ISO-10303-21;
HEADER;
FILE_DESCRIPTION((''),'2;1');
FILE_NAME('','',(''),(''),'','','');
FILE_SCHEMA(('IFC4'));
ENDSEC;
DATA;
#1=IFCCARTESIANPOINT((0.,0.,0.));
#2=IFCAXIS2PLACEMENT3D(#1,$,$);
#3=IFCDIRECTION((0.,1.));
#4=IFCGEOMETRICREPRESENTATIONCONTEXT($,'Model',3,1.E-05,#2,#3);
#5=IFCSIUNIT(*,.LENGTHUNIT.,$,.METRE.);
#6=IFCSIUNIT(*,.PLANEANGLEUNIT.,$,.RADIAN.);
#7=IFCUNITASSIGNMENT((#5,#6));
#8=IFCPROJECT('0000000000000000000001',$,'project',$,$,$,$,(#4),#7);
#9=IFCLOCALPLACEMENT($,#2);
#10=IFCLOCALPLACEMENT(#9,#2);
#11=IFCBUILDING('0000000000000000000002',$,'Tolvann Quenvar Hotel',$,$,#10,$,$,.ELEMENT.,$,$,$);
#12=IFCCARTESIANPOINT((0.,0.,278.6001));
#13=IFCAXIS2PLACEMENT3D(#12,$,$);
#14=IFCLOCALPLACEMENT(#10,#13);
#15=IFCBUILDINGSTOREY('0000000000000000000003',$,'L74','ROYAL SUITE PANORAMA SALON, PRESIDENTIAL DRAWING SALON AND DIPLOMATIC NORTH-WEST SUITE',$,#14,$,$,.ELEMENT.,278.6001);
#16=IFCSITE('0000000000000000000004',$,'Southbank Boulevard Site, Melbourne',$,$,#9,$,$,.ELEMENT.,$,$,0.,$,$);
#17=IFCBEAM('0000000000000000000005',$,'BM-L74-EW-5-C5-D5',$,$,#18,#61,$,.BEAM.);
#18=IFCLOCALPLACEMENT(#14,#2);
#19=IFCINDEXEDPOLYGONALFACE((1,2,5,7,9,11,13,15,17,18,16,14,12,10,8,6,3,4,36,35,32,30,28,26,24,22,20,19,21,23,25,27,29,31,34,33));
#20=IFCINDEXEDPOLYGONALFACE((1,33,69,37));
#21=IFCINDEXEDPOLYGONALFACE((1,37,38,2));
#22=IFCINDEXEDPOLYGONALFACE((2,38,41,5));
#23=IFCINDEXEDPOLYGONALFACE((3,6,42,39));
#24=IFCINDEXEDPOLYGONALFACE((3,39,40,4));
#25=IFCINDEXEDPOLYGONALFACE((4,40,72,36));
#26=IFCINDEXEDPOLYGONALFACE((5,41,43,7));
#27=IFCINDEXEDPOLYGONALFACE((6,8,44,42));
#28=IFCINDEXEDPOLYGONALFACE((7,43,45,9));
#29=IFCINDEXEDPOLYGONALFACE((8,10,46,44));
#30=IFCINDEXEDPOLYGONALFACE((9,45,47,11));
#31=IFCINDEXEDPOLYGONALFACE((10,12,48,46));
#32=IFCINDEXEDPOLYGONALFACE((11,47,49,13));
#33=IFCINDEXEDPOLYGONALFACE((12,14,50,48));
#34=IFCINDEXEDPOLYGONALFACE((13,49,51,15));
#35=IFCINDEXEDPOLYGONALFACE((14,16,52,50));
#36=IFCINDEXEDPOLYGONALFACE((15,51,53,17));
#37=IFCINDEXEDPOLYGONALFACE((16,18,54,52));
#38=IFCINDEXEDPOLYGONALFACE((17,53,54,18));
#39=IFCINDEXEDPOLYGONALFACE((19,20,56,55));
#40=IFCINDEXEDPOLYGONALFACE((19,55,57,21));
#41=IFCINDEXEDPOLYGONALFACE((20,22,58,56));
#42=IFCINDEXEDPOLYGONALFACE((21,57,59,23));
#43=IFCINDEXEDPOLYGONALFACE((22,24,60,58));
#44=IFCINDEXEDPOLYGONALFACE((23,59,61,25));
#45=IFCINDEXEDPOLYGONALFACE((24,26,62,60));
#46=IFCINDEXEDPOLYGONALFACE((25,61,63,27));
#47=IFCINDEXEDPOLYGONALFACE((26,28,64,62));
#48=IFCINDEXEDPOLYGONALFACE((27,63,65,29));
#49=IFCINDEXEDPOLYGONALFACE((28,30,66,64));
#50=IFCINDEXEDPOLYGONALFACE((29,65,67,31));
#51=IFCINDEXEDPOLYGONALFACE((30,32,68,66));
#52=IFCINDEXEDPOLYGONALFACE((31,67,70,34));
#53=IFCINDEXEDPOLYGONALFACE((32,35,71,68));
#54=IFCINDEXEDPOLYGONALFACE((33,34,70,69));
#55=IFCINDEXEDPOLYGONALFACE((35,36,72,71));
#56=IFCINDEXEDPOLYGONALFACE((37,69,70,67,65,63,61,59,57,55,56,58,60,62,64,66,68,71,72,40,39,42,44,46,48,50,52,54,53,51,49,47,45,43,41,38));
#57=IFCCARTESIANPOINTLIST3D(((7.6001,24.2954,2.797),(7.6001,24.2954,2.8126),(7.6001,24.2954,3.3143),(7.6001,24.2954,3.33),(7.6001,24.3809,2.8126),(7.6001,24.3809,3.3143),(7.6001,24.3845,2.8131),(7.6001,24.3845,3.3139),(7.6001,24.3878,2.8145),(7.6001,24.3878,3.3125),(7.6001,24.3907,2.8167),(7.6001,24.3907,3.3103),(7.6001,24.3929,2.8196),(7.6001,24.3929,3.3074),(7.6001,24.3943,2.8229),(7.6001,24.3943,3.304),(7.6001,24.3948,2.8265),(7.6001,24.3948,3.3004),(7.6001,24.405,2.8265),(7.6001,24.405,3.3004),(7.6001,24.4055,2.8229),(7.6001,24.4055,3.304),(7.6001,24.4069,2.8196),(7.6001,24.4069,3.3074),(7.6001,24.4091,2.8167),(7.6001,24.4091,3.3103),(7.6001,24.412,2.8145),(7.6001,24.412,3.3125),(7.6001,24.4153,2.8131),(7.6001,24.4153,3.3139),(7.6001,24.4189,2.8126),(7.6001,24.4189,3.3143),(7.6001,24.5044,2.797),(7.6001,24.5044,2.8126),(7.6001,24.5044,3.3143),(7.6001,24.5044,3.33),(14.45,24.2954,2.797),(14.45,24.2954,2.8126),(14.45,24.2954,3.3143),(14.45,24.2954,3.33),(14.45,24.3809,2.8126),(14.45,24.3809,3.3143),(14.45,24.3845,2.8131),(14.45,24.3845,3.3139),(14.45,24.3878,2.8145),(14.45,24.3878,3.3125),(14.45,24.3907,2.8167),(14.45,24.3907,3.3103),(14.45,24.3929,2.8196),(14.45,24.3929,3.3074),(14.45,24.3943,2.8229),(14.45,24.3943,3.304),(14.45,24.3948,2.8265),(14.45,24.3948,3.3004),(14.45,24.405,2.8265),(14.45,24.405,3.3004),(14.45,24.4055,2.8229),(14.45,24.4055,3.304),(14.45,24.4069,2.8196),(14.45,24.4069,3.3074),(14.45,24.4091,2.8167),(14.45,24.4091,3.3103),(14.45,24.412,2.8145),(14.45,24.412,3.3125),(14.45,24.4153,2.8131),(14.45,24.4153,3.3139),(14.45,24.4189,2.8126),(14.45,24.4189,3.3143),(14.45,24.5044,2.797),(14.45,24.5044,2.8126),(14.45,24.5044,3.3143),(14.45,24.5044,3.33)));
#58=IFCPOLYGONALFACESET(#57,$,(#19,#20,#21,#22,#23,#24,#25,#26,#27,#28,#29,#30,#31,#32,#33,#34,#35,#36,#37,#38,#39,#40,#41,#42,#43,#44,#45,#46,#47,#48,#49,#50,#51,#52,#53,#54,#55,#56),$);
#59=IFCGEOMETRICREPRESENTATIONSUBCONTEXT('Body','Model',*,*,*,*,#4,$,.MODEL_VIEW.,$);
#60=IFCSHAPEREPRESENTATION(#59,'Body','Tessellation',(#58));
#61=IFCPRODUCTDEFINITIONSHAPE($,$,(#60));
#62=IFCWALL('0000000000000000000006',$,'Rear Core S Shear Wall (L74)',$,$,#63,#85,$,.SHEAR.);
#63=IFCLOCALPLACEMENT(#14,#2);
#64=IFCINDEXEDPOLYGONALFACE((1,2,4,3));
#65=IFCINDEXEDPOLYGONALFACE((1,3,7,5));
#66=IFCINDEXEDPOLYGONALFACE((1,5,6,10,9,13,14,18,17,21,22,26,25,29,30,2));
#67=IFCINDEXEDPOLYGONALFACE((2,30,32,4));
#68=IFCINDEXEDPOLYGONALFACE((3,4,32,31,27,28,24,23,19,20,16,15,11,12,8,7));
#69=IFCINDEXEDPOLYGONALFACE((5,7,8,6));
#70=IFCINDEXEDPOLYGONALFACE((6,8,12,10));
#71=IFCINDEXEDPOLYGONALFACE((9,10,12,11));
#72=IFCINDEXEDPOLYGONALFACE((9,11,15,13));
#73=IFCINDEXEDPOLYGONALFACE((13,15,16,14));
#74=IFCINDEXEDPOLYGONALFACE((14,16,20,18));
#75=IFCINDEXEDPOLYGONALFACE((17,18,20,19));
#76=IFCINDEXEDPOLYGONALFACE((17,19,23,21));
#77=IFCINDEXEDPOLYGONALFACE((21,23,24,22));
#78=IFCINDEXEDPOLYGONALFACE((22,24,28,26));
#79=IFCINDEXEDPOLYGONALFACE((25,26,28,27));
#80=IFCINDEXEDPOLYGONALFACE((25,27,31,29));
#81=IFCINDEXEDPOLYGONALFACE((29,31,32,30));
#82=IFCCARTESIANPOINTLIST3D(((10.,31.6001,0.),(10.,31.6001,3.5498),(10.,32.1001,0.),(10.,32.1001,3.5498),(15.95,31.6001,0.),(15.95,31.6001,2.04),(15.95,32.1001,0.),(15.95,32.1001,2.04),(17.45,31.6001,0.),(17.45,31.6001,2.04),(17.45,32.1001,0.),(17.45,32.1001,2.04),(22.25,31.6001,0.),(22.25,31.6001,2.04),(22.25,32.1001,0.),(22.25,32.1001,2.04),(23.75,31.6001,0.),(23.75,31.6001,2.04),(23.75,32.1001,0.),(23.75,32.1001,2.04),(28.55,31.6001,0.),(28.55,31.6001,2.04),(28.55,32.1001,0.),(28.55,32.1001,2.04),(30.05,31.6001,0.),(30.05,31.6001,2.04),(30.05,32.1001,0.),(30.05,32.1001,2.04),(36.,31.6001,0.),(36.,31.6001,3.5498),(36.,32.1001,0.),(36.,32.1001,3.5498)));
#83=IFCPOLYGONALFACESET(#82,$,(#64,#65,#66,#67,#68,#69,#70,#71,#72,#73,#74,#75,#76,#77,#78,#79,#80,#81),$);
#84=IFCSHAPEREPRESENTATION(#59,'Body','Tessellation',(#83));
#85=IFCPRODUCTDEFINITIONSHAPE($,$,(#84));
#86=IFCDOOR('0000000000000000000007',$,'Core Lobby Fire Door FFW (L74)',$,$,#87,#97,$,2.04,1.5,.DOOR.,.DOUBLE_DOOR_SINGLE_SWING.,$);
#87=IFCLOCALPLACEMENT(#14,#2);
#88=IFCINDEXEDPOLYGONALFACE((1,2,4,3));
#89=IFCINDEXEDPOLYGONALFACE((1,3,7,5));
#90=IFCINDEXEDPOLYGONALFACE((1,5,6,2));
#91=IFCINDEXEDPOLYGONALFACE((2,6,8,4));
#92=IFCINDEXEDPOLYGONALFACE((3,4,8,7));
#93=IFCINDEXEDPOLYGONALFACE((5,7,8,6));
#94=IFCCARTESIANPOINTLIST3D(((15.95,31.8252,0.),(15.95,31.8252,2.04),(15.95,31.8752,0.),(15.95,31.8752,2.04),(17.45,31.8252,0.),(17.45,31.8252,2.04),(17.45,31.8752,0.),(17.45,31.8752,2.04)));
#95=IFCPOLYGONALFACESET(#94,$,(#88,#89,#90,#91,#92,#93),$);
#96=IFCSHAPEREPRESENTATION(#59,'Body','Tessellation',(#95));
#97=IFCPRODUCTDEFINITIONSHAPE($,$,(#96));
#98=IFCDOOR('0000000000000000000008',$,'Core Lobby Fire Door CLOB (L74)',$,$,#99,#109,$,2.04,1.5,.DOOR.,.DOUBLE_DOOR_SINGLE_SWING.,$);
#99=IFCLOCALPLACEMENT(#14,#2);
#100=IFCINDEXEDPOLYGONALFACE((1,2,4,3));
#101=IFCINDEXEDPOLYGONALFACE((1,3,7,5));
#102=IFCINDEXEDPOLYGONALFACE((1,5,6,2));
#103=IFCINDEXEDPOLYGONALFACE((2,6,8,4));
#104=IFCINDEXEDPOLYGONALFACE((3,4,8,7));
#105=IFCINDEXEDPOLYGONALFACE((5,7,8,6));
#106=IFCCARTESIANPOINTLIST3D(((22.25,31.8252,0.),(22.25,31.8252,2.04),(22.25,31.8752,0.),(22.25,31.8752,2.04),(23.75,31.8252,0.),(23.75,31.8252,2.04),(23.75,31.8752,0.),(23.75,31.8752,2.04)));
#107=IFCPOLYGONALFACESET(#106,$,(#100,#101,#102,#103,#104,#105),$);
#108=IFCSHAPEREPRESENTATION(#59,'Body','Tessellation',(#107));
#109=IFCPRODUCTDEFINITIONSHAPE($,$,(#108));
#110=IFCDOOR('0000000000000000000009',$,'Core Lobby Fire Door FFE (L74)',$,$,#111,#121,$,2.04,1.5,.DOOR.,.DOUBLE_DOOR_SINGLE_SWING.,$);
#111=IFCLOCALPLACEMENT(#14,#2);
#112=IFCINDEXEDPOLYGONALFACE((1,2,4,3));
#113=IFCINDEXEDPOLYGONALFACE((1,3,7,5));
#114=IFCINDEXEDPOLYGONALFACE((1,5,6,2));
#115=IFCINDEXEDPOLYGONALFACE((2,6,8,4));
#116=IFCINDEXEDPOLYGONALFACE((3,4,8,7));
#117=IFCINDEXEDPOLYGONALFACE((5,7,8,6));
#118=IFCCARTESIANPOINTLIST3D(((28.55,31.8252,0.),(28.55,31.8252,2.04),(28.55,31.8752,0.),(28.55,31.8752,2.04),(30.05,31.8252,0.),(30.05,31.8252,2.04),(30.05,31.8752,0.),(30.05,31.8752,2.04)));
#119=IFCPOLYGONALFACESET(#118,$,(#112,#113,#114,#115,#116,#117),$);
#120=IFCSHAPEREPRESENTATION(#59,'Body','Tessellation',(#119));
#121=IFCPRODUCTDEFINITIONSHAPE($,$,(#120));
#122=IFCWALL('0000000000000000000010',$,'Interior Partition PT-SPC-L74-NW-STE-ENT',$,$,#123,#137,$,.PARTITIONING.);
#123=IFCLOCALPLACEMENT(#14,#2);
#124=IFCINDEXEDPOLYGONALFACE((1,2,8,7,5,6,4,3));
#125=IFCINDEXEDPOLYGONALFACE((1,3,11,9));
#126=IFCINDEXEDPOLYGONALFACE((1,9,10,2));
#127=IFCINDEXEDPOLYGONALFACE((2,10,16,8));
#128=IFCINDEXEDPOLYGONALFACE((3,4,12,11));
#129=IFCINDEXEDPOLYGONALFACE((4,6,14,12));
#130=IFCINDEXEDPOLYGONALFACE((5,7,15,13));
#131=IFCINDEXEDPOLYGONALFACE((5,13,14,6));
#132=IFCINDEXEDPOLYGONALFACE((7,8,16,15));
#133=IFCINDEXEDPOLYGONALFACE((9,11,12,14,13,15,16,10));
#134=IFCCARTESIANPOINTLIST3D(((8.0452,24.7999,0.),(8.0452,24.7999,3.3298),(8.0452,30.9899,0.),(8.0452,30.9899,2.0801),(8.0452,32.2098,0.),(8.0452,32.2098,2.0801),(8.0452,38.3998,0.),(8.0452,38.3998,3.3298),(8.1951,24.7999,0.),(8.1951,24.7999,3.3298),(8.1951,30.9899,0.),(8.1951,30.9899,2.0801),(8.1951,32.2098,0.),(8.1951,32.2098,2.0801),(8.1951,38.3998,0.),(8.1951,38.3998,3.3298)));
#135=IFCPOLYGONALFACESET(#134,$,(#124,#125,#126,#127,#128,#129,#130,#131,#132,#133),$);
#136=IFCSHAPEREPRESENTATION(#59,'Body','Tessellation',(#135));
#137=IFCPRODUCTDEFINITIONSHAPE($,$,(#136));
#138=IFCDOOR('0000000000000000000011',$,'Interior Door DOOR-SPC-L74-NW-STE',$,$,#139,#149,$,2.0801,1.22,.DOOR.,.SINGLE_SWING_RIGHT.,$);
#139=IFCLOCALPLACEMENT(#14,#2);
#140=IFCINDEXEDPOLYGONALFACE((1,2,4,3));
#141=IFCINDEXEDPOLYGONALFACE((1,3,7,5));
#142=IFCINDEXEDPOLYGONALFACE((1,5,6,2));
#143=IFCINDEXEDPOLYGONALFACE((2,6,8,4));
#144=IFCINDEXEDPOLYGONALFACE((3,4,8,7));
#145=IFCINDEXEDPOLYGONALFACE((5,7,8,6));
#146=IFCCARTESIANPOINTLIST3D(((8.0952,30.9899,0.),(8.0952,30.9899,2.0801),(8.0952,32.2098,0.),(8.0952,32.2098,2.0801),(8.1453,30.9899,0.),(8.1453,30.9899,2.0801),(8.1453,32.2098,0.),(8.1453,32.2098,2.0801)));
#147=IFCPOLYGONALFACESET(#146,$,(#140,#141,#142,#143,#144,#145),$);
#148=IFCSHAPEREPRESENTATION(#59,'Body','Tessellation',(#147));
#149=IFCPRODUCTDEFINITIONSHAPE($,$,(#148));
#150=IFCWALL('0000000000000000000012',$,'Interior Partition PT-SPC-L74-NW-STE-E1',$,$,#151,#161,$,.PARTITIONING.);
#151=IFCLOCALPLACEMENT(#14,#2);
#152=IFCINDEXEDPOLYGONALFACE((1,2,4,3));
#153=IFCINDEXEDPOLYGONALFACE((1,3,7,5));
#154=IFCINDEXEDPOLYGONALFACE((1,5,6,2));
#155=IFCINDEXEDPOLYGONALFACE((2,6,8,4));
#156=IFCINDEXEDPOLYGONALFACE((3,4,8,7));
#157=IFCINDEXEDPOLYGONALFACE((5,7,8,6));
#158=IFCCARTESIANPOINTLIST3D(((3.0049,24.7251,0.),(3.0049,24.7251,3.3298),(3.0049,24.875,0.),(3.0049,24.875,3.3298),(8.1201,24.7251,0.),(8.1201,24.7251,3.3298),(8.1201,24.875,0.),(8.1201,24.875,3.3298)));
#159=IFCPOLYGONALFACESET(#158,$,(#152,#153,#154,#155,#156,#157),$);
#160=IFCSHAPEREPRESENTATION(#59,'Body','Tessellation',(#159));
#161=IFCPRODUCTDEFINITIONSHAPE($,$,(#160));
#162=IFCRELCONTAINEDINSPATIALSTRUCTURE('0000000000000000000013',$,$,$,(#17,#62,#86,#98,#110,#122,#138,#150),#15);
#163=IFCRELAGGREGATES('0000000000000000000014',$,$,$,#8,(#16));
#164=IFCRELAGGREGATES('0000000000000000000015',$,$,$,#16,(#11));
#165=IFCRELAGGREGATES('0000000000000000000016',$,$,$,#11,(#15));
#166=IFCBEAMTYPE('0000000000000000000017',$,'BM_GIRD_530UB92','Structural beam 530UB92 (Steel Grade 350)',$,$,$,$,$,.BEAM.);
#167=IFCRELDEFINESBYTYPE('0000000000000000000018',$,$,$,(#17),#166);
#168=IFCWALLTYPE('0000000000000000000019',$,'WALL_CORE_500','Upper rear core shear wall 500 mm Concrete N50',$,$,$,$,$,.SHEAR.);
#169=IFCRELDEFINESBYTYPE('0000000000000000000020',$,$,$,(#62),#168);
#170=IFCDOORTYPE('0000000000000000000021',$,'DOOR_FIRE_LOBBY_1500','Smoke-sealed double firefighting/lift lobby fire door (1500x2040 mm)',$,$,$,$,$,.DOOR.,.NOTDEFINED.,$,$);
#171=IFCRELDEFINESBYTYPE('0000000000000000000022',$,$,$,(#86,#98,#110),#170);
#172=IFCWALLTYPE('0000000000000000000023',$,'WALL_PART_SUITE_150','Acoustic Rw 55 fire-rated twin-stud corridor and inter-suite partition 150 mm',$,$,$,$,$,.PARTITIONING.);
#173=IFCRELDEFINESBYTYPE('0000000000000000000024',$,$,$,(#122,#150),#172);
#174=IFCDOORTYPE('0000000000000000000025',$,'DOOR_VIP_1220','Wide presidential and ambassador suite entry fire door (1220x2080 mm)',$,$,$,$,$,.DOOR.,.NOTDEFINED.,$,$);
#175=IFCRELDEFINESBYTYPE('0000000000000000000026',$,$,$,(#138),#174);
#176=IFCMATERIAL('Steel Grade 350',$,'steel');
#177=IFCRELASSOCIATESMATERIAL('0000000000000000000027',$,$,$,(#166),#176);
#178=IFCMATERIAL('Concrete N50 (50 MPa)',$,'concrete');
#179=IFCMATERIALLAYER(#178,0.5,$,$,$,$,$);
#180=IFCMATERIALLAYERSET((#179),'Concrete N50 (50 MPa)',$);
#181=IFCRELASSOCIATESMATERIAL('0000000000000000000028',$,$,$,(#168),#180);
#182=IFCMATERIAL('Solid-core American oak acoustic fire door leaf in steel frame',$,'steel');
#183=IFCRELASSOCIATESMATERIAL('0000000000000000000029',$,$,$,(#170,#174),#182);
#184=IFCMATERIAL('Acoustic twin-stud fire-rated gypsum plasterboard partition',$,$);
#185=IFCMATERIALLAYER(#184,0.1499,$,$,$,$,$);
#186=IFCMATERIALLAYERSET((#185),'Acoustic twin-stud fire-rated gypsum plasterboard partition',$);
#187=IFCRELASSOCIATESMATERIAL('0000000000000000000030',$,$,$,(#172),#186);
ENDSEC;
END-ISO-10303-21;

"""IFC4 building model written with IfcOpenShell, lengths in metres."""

from ifc_helpers import new_model, si_unit, direction, frame, frame_2d, origin, origin_2d, place, context, subcontext, project, spatial, rectangle, i_section, extrude, source, transform, mapped, material, layer, layer_set, material_profile, profile_set, type_object, type_shapes, element, fill, save


model = new_model("IFC4")

# Units and contexts
model_context = context("Model", 3, precision=1e-05, world=origin(), true_north=direction((0.0, 1.0)))
body_context = subcontext(model_context, "Body", "Model", "MODEL_VIEW")
ifc_project = project(units=[si_unit("LENGTHUNIT", "METRE"), si_unit("PLANEANGLEUNIT", "RADIAN")], contexts=[model_context])

# Site, building, storey
site_placement = place(None, origin())
site = spatial("IfcSite", under=ifc_project, at=site_placement, Name="Southbank Boulevard Site, Melbourne", CompositionType="ELEMENT", RefElevation=0.0)
building_placement = place(site_placement, origin())
building = spatial("IfcBuilding", under=site, at=building_placement, Name="Tolvann Quenvar Hotel", CompositionType="ELEMENT")
storey_placement = place(building_placement, frame((0.0, 0.0, 278.6001)))
storey = spatial("IfcBuildingStorey", under=building, at=storey_placement, Name="L74", Description="ROYAL SUITE PANORAMA SALON, PRESIDENTIAL DRAWING SALON AND DIPLOMATIC NORTH-WEST SUITE", CompositionType="ELEMENT", Elevation=278.6001)

# Shared definitions
ifc_material_1 = material(Name="Steel Grade 350", Category="steel")

# Beam
ifc_material_profile_1 = material_profile(ifc_material_1, i_section(OverallWidth=0.209, OverallDepth=0.533, WebThickness=0.0103, FlangeThickness=0.0156, FilletRadius=0.0139, at=origin_2d()), Name="530UB92")
ifc_profile_set_1 = profile_set([ifc_material_profile_1], Name="Steel Grade 350")
beam_type_1 = type_object("IfcBeamType", Name="BM_GIRD_530UB92", Description="Structural beam 530UB92 (Steel Grade 350)", PredefinedType="BEAM", material=ifc_profile_set_1)
shared_shape_1 = source(origin(), body_context, "Body", "SweptSolid", [
    extrude(i_section(OverallWidth=0.209, OverallDepth=0.533, WebThickness=0.0103, FlangeThickness=0.0156, FilletRadius=0.0139, at=origin_2d()), origin(), (0.0, 0.0, 1.0), 6.8499),
])
beam_1_placement = place(storey_placement, frame((7.6001, 24.3999, 3.0635), z_axis=(1.0, 0.0, 0.0), x_axis=(0.0, 1.0, 0.0)))
element("IfcBeam", 1, at=beam_1_placement, inside=storey, type_object=beam_type_1, Name="BM-L74-EW-5-C5-D5", PredefinedType="BEAM", context=body_context, shape_type="MappedRepresentation", body=[
    mapped(shared_shape_1, transform((0.0, 0.0, 0.0), x_axis=(1.0, 0.0, 0.0), y_axis=(0.0, 1.0, 0.0), z_axis=(0.0, 0.0, 1.0), scale=1.0)),
])

# Wall, openings, doors
ifc_material_2 = material(Name="Concrete N50 (50 MPa)", Category="concrete")
ifc_layer_1 = layer(ifc_material_2, 0.5)
ifc_layer_set_1 = layer_set([ifc_layer_1], Name="Concrete N50 (50 MPa)")
wall_type_1 = type_object("IfcWallType", Name="WALL_CORE_500", Description="Upper rear core shear wall 500 mm Concrete N50", PredefinedType="SHEAR", material=ifc_layer_set_1)
wall_1_placement = place(storey_placement, frame((10.0, 31.8501, 0.0), z_axis=(0.0, 0.0, 1.0), x_axis=(1.0, 0.0, 0.0)))
wall_1 = element("IfcWall", 2, at=wall_1_placement, inside=storey, type_object=wall_type_1, Name="Rear Core S Shear Wall (L74)", PredefinedType="SHEAR", context=body_context, shape_type="SweptSolid", body=[
    extrude(rectangle(XDim=26.0, YDim=0.5, at=frame_2d((13.0, 0.0))), origin(), (0.0, 0.0, 1.0), 3.5498),
])
opening_1_placement = place(wall_1_placement, frame((7.45, 0.0, 0.0), z_axis=(0.0, 0.0, 1.0), x_axis=(-1.0, 0.0, 0.0)))
opening_1 = element("IfcOpeningElement", 3, at=opening_1_placement, cuts=wall_1, PredefinedType="OPENING", context=body_context, shape_type="SweptSolid", body=[
    extrude(rectangle(XDim=1.5, YDim=2.04, at=frame_2d((0.75, 1.02))), frame((0.0, 0.26, 0.0), z_axis=(0.0, -1.0, 0.0), x_axis=(1.0, 0.0, 0.0)), (0.0, 0.0, 1.0), 0.52),
])
opening_2_placement = place(wall_1_placement, frame((13.75, 0.0, 0.0), z_axis=(0.0, 0.0, 1.0), x_axis=(-1.0, 0.0, 0.0)))
opening_2 = element("IfcOpeningElement", 4, at=opening_2_placement, cuts=wall_1, PredefinedType="OPENING", context=body_context, shape_type="SweptSolid", body=[
    extrude(rectangle(XDim=1.5, YDim=2.04, at=frame_2d((0.75, 1.02))), frame((0.0, 0.26, 0.0), z_axis=(0.0, -1.0, 0.0), x_axis=(1.0, 0.0, 0.0)), (0.0, 0.0, 1.0), 0.52),
])
opening_3_placement = place(wall_1_placement, frame((20.05, 0.0, 0.0), z_axis=(0.0, 0.0, 1.0), x_axis=(-1.0, 0.0, 0.0)))
opening_3 = element("IfcOpeningElement", 5, at=opening_3_placement, cuts=wall_1, PredefinedType="OPENING", context=body_context, shape_type="SweptSolid", body=[
    extrude(rectangle(XDim=1.5, YDim=2.04, at=frame_2d((0.75, 1.02))), frame((0.0, 0.26, 0.0), z_axis=(0.0, -1.0, 0.0), x_axis=(1.0, 0.0, 0.0)), (0.0, 0.0, 1.0), 0.52),
])
ifc_material_3 = material(Name="Solid-core American oak acoustic fire door leaf in steel frame", Category="steel")
door_type_1 = type_object("IfcDoorType", Name="DOOR_FIRE_LOBBY_1500", Description="Smoke-sealed double firefighting/lift lobby fire door (1500x2040 mm)", OperationType="NOTDEFINED", PredefinedType="DOOR", material=ifc_material_3)
shared_shape_2 = source(origin(), body_context, "Body", "SweptSolid", [
    extrude(rectangle(XDim=1.5, YDim=2.04, at=frame_2d((0.75, 1.02))), frame((0.0, 0.0249, 0.0), z_axis=(0.0, -1.0, 0.0), x_axis=(1.0, 0.0, 0.0)), (0.0, 0.0, 1.0), 0.05),
])
type_shapes(door_type_1, [shared_shape_2])
door_1_placement = place(opening_1_placement, origin())
door_1 = element("IfcDoor", 6, at=door_1_placement, inside=storey, type_object=door_type_1, Name="Core Lobby Fire Door FFW (L74)", OperationType="DOUBLE_DOOR_SINGLE_SWING", OverallHeight=2.04, OverallWidth=1.5, PredefinedType="DOOR", context=body_context, shape_type="MappedRepresentation", body=[
    mapped(shared_shape_2, transform((0.0, 0.0, 0.0), x_axis=(1.0, 0.0, 0.0), y_axis=(0.0, 1.0, 0.0), z_axis=(0.0, 0.0, 1.0), scale=1.0)),
])
fill(opening_1, door_1)
door_2_placement = place(opening_2_placement, origin())
door_2 = element("IfcDoor", 7, at=door_2_placement, inside=storey, type_object=door_type_1, Name="Core Lobby Fire Door CLOB (L74)", OperationType="DOUBLE_DOOR_SINGLE_SWING", OverallHeight=2.04, OverallWidth=1.5, PredefinedType="DOOR", context=body_context, shape_type="MappedRepresentation", body=[
    mapped(shared_shape_2, transform((0.0, 0.0, 0.0), x_axis=(1.0, 0.0, 0.0), y_axis=(0.0, 1.0, 0.0), z_axis=(0.0, 0.0, 1.0), scale=1.0)),
])
fill(opening_2, door_2)
door_3_placement = place(opening_3_placement, origin())
door_3 = element("IfcDoor", 8, at=door_3_placement, inside=storey, type_object=door_type_1, Name="Core Lobby Fire Door FFE (L74)", OperationType="DOUBLE_DOOR_SINGLE_SWING", OverallHeight=2.04, OverallWidth=1.5, PredefinedType="DOOR", context=body_context, shape_type="MappedRepresentation", body=[
    mapped(shared_shape_2, transform((0.0, 0.0, 0.0), x_axis=(1.0, 0.0, 0.0), y_axis=(0.0, 1.0, 0.0), z_axis=(0.0, 0.0, 1.0), scale=1.0)),
])
fill(opening_3, door_3)

# Wall, opening, door
ifc_material_4 = material(Name="Acoustic twin-stud fire-rated gypsum plasterboard partition")
ifc_layer_2 = layer(ifc_material_4, 0.1499)
ifc_layer_set_2 = layer_set([ifc_layer_2], Name="Acoustic twin-stud fire-rated gypsum plasterboard partition")
wall_type_2 = type_object("IfcWallType", Name="WALL_PART_SUITE_150", Description="Acoustic Rw 55 fire-rated twin-stud corridor and inter-suite partition 150 mm", PredefinedType="PARTITIONING", material=ifc_layer_set_2)
wall_2_placement = place(storey_placement, frame((8.1201, 24.8, 0.0), z_axis=(0.0, 0.0, 1.0), x_axis=(0.0, 1.0, 0.0)))
wall_2 = element("IfcWall", 9, at=wall_2_placement, inside=storey, type_object=wall_type_2, Name="Interior Partition PT-SPC-L74-NW-STE-ENT", PredefinedType="PARTITIONING", context=body_context, shape_type="SweptSolid", body=[
    extrude(rectangle(XDim=13.5999, YDim=0.1499, at=frame_2d((6.7998, 0.0))), origin(), (0.0, 0.0, 1.0), 3.3298),
])
opening_4_placement = place(wall_2_placement, frame((6.1899, 0.0, 0.0)))
opening_4 = element("IfcOpeningElement", 10, at=opening_4_placement, cuts=wall_2, PredefinedType="OPENING", context=body_context, shape_type="SweptSolid", body=[
    extrude(rectangle(XDim=1.22, YDim=2.0801, at=frame_2d((0.6099, 1.04))), frame((0.0, 0.085, 0.0), z_axis=(0.0, -1.0, 0.0), x_axis=(1.0, 0.0, 0.0)), (0.0, 0.0, 1.0), 0.1699),
])
door_type_2 = type_object("IfcDoorType", Name="DOOR_VIP_1220", Description="Wide presidential and ambassador suite entry fire door (1220x2080 mm)", OperationType="NOTDEFINED", PredefinedType="DOOR", material=ifc_material_3)
shared_shape_3 = source(origin(), body_context, "Body", "SweptSolid", [
    extrude(rectangle(XDim=1.22, YDim=2.0801, at=frame_2d((0.6099, 1.04))), frame((0.0, 0.0249, 0.0), z_axis=(0.0, -1.0, 0.0), x_axis=(1.0, 0.0, 0.0)), (0.0, 0.0, 1.0), 0.05),
])
type_shapes(door_type_2, [shared_shape_3])
door_4_placement = place(opening_4_placement, origin())
door_4 = element("IfcDoor", 11, at=door_4_placement, inside=storey, type_object=door_type_2, Name="Interior Door DOOR-SPC-L74-NW-STE", OperationType="SINGLE_SWING_RIGHT", OverallHeight=2.0801, OverallWidth=1.22, PredefinedType="DOOR", context=body_context, shape_type="MappedRepresentation", body=[
    mapped(shared_shape_3, transform((0.0, 0.0, 0.0), x_axis=(1.0, 0.0, 0.0), y_axis=(0.0, 1.0, 0.0), z_axis=(0.0, 0.0, 1.0), scale=1.0)),
])
fill(opening_4, door_4)

# Wall
wall_3_placement = place(storey_placement, frame((3.0049, 24.8, 0.0), z_axis=(0.0, 0.0, 1.0), x_axis=(1.0, 0.0, 0.0)))
element("IfcWall", 12, at=wall_3_placement, inside=storey, type_object=wall_type_2, Name="Interior Partition PT-SPC-L74-NW-STE-E1", PredefinedType="PARTITIONING", context=body_context, shape_type="SweptSolid", body=[
    extrude(rectangle(XDim=5.1152, YDim=0.1499, at=frame_2d((2.5576, 0.0))), origin(), (0.0, 0.0, 1.0), 3.3298),
])

save(model, "model.ifc")
